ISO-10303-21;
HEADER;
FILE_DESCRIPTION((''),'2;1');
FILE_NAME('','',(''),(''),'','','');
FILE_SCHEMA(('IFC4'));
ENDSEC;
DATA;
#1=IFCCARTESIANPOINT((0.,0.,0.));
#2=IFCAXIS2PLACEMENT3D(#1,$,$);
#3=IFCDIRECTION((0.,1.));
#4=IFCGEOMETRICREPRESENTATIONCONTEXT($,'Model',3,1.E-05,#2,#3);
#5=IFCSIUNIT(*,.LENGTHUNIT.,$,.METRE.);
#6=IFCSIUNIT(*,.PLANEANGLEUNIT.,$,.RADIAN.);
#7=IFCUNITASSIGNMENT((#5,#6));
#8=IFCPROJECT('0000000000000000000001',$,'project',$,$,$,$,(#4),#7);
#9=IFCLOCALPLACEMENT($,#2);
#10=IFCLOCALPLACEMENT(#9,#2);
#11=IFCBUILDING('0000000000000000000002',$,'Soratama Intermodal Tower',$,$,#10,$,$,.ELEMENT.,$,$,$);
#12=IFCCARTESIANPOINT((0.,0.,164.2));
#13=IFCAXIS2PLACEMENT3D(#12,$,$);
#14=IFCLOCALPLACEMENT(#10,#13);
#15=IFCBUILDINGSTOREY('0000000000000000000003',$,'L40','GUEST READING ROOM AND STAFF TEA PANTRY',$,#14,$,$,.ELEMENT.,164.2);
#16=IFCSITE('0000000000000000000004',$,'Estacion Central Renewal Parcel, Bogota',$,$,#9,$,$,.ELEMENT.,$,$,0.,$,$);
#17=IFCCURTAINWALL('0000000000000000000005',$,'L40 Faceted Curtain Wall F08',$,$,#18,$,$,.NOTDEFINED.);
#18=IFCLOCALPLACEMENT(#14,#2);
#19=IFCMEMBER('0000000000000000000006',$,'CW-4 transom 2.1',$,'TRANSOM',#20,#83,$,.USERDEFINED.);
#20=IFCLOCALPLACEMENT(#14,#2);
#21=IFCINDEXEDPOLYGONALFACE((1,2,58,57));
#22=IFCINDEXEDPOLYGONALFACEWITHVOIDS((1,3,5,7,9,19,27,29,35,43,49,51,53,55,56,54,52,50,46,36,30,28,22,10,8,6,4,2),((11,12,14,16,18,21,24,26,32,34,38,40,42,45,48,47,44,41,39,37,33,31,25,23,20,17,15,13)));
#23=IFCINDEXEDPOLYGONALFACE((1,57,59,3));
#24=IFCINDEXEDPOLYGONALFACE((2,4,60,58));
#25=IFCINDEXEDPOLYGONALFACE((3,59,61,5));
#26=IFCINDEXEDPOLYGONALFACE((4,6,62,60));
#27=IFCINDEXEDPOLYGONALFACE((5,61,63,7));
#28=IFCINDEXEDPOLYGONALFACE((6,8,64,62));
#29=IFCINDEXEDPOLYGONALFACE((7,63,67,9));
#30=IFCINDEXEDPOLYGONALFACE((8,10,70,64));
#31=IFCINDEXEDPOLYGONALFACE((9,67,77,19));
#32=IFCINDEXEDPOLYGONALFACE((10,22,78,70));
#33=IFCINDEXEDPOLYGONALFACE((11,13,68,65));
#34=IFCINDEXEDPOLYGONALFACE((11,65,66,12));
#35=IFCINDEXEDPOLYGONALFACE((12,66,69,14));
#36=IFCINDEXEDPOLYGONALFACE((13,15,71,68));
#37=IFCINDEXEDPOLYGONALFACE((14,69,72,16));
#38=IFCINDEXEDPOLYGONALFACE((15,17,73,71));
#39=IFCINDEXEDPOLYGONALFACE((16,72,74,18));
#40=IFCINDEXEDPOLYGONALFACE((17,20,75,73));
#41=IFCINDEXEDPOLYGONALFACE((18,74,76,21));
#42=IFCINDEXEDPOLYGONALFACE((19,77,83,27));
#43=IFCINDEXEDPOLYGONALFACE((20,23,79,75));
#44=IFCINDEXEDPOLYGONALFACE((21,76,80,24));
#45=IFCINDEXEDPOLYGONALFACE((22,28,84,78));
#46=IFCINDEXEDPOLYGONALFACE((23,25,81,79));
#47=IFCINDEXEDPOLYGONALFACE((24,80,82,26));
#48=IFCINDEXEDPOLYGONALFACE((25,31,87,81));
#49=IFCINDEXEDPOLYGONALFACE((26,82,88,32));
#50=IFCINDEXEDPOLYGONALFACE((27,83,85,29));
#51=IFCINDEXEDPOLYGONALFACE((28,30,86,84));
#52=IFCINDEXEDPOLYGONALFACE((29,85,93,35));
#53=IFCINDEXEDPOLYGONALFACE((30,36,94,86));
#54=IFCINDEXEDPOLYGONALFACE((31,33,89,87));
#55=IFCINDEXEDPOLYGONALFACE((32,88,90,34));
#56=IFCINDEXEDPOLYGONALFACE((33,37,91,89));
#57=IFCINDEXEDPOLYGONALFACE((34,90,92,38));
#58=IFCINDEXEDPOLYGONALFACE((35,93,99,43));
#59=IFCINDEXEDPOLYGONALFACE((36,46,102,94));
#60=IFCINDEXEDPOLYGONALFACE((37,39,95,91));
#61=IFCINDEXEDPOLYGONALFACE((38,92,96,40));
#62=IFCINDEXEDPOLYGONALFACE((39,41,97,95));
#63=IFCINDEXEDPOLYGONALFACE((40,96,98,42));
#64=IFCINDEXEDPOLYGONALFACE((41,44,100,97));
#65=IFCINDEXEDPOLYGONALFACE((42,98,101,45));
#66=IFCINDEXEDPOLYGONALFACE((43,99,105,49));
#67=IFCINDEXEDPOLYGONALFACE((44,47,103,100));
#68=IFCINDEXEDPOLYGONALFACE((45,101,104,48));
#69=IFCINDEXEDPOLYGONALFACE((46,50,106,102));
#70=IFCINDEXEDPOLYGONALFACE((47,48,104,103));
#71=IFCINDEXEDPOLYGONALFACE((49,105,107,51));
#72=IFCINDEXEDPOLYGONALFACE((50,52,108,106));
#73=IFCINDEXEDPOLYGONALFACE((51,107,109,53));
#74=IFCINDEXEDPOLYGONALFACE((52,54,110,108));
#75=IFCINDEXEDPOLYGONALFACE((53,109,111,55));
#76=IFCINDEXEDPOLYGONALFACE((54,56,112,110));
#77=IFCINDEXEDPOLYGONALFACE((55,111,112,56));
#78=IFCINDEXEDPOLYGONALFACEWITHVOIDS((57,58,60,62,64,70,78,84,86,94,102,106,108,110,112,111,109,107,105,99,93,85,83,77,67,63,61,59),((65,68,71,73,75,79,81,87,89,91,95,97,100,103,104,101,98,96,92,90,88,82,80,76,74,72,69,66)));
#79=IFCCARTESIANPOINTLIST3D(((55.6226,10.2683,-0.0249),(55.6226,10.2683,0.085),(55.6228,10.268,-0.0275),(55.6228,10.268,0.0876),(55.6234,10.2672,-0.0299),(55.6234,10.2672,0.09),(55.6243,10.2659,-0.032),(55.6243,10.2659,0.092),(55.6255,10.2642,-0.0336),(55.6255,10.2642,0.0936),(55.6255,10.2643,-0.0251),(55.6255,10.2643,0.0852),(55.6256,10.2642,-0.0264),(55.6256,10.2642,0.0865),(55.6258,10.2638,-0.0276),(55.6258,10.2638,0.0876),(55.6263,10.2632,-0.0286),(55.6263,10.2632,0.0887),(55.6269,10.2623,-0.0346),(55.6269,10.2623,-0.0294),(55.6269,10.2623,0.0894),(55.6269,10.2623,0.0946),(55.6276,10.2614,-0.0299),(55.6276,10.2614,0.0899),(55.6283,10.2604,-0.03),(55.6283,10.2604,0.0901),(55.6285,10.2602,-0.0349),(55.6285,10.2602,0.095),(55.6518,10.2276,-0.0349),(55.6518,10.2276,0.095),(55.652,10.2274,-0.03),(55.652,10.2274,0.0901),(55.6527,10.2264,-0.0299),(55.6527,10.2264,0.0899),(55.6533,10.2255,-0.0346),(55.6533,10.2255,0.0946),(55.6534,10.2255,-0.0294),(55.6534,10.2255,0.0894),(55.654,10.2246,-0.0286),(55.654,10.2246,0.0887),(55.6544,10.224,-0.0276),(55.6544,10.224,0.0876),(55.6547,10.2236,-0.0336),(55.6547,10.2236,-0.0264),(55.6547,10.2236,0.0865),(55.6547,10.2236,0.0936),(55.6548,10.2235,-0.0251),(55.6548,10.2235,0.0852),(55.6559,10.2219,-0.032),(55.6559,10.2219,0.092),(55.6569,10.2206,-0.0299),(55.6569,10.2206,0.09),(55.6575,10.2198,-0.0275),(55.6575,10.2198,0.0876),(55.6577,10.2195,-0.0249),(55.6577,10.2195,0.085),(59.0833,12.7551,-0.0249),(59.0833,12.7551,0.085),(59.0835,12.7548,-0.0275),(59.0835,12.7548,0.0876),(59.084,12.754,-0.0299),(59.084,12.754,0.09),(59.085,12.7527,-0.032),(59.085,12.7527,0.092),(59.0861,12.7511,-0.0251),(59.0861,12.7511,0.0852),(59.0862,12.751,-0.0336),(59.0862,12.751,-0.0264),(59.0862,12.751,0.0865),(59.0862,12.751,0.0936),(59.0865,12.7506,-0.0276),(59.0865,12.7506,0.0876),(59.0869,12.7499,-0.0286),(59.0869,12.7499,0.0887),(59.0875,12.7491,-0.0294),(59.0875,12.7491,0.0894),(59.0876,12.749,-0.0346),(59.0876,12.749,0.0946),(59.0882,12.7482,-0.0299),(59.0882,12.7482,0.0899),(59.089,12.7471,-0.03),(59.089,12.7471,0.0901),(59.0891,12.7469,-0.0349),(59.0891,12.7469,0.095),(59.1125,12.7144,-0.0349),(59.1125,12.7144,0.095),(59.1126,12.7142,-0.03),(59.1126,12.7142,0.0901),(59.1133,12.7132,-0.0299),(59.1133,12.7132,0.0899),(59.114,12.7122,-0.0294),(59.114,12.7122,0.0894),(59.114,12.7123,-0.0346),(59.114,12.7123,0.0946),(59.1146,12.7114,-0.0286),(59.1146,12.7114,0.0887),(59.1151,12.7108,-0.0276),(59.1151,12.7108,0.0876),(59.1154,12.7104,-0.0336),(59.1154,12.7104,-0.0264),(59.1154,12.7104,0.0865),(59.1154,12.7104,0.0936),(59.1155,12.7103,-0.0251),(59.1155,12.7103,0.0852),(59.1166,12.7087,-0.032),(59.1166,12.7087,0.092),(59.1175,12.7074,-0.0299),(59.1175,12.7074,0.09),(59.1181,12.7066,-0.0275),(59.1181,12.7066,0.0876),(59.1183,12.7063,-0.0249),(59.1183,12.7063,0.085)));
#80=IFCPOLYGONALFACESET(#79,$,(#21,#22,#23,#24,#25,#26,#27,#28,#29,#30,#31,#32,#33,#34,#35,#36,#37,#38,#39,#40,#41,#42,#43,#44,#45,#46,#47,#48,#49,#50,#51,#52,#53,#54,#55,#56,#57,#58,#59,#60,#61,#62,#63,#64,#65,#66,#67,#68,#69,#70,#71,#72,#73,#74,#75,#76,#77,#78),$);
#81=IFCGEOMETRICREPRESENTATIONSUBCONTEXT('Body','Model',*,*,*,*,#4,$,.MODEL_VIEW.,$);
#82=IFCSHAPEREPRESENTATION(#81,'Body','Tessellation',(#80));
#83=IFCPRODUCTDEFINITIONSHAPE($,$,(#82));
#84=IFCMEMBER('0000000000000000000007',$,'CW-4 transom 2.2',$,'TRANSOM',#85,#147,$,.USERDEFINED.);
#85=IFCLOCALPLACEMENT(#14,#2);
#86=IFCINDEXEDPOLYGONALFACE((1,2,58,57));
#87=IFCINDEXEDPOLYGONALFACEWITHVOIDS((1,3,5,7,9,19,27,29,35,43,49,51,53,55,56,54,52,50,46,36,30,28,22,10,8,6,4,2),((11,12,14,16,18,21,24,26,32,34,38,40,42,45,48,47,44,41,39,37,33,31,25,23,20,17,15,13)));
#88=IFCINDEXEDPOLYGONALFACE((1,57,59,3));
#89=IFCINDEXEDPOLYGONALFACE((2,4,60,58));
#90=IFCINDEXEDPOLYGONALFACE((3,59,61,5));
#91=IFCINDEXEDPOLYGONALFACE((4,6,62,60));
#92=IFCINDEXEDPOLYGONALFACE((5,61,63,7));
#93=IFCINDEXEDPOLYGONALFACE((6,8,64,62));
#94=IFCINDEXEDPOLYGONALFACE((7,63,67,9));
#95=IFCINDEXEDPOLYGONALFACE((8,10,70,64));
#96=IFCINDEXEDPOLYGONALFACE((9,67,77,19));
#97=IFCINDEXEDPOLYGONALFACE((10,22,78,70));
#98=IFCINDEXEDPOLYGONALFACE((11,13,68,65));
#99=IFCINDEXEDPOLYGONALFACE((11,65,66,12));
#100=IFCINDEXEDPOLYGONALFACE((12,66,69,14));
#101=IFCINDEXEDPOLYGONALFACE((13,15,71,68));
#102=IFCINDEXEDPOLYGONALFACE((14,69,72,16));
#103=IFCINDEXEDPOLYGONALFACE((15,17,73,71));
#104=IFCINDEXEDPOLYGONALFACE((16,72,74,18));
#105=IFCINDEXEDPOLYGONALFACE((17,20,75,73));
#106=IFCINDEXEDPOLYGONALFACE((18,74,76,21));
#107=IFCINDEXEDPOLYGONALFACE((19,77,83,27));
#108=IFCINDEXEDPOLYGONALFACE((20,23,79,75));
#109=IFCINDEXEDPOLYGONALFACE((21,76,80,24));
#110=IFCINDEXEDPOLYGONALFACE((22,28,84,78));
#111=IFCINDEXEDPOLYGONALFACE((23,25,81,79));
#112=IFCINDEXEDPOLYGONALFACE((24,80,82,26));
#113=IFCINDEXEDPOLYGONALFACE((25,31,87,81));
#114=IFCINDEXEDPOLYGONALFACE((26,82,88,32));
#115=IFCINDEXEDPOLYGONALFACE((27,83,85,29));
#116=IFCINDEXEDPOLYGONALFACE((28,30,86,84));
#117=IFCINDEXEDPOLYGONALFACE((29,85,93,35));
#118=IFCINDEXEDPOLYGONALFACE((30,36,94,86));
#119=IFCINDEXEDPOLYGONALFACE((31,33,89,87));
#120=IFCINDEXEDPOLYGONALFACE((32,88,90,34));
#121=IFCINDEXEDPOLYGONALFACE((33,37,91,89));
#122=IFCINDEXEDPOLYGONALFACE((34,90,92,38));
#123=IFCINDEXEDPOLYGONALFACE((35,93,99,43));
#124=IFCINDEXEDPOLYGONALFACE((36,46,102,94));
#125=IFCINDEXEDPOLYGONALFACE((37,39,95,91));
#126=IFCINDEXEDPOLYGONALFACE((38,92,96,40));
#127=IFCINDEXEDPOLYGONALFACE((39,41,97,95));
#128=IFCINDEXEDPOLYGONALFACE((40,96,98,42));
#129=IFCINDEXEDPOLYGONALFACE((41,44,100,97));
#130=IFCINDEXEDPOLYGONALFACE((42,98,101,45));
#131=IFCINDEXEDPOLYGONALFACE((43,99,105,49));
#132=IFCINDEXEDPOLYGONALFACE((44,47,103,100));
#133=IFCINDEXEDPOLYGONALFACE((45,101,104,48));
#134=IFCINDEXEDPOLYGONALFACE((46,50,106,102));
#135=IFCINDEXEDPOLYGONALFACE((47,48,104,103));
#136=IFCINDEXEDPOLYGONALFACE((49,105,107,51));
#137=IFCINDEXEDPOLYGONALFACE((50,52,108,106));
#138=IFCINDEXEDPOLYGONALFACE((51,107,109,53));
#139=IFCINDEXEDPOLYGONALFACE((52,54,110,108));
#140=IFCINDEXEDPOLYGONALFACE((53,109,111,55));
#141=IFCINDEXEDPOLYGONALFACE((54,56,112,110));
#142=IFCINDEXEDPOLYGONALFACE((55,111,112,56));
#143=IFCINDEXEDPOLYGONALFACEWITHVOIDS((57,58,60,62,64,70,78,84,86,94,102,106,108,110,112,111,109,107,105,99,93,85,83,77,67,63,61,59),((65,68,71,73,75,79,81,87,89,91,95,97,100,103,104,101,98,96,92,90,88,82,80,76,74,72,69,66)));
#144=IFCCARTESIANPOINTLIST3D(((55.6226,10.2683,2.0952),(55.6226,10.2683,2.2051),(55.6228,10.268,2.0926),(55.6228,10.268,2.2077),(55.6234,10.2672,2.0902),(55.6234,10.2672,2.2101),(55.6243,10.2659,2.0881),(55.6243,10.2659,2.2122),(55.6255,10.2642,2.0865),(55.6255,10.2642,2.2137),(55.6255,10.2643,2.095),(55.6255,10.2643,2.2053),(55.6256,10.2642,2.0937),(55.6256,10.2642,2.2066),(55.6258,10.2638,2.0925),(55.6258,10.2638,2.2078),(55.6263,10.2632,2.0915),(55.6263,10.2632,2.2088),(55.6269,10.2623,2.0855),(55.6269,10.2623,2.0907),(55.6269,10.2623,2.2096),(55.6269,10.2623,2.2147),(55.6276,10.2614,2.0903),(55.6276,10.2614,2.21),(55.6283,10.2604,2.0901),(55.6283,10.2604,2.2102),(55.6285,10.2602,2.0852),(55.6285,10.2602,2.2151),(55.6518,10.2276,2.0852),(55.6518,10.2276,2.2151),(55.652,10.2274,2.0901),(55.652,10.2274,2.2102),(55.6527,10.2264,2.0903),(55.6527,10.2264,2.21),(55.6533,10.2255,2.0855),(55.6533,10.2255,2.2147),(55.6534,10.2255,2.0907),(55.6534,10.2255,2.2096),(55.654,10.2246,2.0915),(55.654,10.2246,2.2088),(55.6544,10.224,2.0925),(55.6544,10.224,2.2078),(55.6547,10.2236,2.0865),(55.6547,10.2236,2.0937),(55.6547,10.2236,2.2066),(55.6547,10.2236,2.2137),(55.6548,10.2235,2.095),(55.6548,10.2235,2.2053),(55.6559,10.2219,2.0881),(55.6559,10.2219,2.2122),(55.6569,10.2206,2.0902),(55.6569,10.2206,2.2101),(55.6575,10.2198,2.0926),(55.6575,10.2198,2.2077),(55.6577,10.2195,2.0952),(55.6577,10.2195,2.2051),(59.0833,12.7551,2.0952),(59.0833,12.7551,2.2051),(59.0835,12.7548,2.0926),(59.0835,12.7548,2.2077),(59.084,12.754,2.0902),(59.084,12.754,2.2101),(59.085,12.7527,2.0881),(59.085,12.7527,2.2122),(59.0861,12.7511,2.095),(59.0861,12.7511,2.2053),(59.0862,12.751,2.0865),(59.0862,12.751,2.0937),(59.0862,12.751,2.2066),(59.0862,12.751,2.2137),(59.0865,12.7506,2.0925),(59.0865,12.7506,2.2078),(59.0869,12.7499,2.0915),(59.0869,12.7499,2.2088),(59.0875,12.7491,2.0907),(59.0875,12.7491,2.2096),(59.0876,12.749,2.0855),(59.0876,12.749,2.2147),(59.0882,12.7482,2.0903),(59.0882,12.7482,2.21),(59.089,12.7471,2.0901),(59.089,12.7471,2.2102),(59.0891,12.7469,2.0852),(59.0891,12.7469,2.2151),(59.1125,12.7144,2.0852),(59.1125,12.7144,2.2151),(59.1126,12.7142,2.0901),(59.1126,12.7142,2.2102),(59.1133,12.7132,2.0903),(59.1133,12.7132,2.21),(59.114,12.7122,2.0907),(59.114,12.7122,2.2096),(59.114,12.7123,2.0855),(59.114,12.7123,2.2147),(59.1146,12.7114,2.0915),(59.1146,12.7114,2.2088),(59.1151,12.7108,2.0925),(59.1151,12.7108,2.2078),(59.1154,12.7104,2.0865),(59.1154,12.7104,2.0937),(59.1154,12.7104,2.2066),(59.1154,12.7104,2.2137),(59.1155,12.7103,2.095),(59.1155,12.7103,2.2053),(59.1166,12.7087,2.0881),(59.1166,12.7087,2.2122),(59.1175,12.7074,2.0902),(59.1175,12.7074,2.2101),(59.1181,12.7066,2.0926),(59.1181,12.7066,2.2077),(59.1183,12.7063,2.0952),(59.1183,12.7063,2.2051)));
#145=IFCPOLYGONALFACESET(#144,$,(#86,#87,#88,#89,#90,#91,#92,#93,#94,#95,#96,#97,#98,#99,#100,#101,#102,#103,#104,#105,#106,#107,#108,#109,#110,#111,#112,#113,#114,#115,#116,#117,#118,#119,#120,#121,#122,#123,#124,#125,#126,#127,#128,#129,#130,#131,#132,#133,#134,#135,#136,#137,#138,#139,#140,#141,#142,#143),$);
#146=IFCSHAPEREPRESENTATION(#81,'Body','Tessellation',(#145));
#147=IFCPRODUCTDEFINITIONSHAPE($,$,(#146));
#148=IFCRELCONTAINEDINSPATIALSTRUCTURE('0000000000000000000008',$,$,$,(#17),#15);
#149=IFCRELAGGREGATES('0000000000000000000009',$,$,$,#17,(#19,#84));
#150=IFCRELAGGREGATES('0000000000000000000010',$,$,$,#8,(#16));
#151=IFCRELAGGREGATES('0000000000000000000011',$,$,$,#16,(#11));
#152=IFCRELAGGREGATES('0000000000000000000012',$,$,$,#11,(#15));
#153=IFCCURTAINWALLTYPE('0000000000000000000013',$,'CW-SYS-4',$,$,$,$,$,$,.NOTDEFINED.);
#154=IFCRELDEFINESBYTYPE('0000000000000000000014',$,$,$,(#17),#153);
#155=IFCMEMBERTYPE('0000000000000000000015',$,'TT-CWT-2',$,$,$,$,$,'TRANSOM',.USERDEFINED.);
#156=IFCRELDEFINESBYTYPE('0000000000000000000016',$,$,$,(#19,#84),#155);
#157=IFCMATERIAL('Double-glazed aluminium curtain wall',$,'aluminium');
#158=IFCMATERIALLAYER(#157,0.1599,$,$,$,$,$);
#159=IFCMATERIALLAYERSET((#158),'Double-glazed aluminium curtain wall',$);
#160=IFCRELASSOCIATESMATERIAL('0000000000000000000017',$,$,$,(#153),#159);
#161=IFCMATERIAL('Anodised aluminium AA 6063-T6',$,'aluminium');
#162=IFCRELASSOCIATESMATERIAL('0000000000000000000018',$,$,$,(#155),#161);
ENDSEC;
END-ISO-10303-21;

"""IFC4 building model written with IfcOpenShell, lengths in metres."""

from ifc_helpers import new_model, si_unit, direction, frame, origin, origin_2d, place, context, subcontext, project, spatial, hollow_rectangle, extrude, material, layer, layer_set, material_profile, profile_set, type_object, element, aggregate, save


model = new_model("IFC4")

# Units and contexts
model_context = context("Model", 3, precision=1e-05, world=origin(), true_north=direction((0.0, 1.0)))
body_context = subcontext(model_context, "Body", "Model", "MODEL_VIEW")
ifc_project = project(units=[si_unit("LENGTHUNIT", "METRE"), si_unit("PLANEANGLEUNIT", "RADIAN")], contexts=[model_context])

# Site, building, storey
site_placement = place(None, origin())
site = spatial("IfcSite", under=ifc_project, at=site_placement, Name="Estacion Central Renewal Parcel, Bogota", CompositionType="ELEMENT", RefElevation=0.0)
building_placement = place(site_placement, origin())
building = spatial("IfcBuilding", under=site, at=building_placement, Name="Soratama Intermodal Tower", CompositionType="ELEMENT")
storey_placement = place(building_placement, frame((0.0, 0.0, 164.2)))
storey = spatial("IfcBuildingStorey", under=building, at=storey_placement, Name="L40", Description="GUEST READING ROOM AND STAFF TEA PANTRY", CompositionType="ELEMENT", Elevation=164.2)

# Curtain wall
ifc_material_1 = material(Name="Double-glazed aluminium curtain wall", Category="aluminium")
ifc_layer_1 = layer(ifc_material_1, 0.1599)
ifc_layer_set_1 = layer_set([ifc_layer_1], Name="Double-glazed aluminium curtain wall")
curtain_wall_type = type_object("IfcCurtainWallType", Name="CW-SYS-4", PredefinedType="NOTDEFINED", material=ifc_layer_set_1)
curtain_wall_1_placement = place(storey_placement, origin())
curtain_wall_1 = element("IfcCurtainWall", 1, at=curtain_wall_1_placement, inside=storey, type_object=curtain_wall_type, Name="L40 Faceted Curtain Wall F08", PredefinedType="NOTDEFINED")

# Members
ifc_material_2 = material(Name="Anodised aluminium AA 6063-T6", Category="aluminium")
ifc_material_profile_1 = material_profile(ifc_material_2, hollow_rectangle(XDim=0.0601, YDim=0.1299, WallThickness=0.0049, InnerFilletRadius=0.0049, OuterFilletRadius=0.01, at=origin_2d()), Name="CWT130X60X5")
ifc_profile_set_1 = profile_set([ifc_material_profile_1], Name="Anodised aluminium AA 6063-T6")
member_type_1 = type_object("IfcMemberType", Name="TT-CWT-2", ElementType="TRANSOM", PredefinedType="USERDEFINED", material=ifc_profile_set_1)
member_1_placement = place(storey_placement, frame((55.6401, 10.2439, 0.03), z_axis=(0.812077, 0.58355, 0.0), x_axis=(-0.58355, 0.812077, 0.0)))
member_1 = element("IfcMember", 2, at=member_1_placement, type_object=member_type_1, Name="CW-4 transom 2.1", ObjectType="TRANSOM", PredefinedType="USERDEFINED", context=body_context, shape_type="SweptSolid", body=[
    extrude(hollow_rectangle(XDim=0.0601, YDim=0.1299, WallThickness=0.0049, InnerFilletRadius=0.0049, OuterFilletRadius=0.01, at=origin_2d()), origin(), (0.0, 0.0, 1.0), 4.2615),
])
member_2_placement = place(storey_placement, frame((55.6401, 10.2439, 2.1501), z_axis=(0.812077, 0.58355, 0.0), x_axis=(-0.58355, 0.812077, 0.0)))
member_2 = element("IfcMember", 3, at=member_2_placement, type_object=member_type_1, Name="CW-4 transom 2.2", ObjectType="TRANSOM", PredefinedType="USERDEFINED", context=body_context, shape_type="SweptSolid", body=[
    extrude(hollow_rectangle(XDim=0.0601, YDim=0.1299, WallThickness=0.0049, InnerFilletRadius=0.0049, OuterFilletRadius=0.01, at=origin_2d()), origin(), (0.0, 0.0, 1.0), 4.2615),
])

aggregate(curtain_wall_1, [member_1, member_2])

save(model, "model.ifc")
